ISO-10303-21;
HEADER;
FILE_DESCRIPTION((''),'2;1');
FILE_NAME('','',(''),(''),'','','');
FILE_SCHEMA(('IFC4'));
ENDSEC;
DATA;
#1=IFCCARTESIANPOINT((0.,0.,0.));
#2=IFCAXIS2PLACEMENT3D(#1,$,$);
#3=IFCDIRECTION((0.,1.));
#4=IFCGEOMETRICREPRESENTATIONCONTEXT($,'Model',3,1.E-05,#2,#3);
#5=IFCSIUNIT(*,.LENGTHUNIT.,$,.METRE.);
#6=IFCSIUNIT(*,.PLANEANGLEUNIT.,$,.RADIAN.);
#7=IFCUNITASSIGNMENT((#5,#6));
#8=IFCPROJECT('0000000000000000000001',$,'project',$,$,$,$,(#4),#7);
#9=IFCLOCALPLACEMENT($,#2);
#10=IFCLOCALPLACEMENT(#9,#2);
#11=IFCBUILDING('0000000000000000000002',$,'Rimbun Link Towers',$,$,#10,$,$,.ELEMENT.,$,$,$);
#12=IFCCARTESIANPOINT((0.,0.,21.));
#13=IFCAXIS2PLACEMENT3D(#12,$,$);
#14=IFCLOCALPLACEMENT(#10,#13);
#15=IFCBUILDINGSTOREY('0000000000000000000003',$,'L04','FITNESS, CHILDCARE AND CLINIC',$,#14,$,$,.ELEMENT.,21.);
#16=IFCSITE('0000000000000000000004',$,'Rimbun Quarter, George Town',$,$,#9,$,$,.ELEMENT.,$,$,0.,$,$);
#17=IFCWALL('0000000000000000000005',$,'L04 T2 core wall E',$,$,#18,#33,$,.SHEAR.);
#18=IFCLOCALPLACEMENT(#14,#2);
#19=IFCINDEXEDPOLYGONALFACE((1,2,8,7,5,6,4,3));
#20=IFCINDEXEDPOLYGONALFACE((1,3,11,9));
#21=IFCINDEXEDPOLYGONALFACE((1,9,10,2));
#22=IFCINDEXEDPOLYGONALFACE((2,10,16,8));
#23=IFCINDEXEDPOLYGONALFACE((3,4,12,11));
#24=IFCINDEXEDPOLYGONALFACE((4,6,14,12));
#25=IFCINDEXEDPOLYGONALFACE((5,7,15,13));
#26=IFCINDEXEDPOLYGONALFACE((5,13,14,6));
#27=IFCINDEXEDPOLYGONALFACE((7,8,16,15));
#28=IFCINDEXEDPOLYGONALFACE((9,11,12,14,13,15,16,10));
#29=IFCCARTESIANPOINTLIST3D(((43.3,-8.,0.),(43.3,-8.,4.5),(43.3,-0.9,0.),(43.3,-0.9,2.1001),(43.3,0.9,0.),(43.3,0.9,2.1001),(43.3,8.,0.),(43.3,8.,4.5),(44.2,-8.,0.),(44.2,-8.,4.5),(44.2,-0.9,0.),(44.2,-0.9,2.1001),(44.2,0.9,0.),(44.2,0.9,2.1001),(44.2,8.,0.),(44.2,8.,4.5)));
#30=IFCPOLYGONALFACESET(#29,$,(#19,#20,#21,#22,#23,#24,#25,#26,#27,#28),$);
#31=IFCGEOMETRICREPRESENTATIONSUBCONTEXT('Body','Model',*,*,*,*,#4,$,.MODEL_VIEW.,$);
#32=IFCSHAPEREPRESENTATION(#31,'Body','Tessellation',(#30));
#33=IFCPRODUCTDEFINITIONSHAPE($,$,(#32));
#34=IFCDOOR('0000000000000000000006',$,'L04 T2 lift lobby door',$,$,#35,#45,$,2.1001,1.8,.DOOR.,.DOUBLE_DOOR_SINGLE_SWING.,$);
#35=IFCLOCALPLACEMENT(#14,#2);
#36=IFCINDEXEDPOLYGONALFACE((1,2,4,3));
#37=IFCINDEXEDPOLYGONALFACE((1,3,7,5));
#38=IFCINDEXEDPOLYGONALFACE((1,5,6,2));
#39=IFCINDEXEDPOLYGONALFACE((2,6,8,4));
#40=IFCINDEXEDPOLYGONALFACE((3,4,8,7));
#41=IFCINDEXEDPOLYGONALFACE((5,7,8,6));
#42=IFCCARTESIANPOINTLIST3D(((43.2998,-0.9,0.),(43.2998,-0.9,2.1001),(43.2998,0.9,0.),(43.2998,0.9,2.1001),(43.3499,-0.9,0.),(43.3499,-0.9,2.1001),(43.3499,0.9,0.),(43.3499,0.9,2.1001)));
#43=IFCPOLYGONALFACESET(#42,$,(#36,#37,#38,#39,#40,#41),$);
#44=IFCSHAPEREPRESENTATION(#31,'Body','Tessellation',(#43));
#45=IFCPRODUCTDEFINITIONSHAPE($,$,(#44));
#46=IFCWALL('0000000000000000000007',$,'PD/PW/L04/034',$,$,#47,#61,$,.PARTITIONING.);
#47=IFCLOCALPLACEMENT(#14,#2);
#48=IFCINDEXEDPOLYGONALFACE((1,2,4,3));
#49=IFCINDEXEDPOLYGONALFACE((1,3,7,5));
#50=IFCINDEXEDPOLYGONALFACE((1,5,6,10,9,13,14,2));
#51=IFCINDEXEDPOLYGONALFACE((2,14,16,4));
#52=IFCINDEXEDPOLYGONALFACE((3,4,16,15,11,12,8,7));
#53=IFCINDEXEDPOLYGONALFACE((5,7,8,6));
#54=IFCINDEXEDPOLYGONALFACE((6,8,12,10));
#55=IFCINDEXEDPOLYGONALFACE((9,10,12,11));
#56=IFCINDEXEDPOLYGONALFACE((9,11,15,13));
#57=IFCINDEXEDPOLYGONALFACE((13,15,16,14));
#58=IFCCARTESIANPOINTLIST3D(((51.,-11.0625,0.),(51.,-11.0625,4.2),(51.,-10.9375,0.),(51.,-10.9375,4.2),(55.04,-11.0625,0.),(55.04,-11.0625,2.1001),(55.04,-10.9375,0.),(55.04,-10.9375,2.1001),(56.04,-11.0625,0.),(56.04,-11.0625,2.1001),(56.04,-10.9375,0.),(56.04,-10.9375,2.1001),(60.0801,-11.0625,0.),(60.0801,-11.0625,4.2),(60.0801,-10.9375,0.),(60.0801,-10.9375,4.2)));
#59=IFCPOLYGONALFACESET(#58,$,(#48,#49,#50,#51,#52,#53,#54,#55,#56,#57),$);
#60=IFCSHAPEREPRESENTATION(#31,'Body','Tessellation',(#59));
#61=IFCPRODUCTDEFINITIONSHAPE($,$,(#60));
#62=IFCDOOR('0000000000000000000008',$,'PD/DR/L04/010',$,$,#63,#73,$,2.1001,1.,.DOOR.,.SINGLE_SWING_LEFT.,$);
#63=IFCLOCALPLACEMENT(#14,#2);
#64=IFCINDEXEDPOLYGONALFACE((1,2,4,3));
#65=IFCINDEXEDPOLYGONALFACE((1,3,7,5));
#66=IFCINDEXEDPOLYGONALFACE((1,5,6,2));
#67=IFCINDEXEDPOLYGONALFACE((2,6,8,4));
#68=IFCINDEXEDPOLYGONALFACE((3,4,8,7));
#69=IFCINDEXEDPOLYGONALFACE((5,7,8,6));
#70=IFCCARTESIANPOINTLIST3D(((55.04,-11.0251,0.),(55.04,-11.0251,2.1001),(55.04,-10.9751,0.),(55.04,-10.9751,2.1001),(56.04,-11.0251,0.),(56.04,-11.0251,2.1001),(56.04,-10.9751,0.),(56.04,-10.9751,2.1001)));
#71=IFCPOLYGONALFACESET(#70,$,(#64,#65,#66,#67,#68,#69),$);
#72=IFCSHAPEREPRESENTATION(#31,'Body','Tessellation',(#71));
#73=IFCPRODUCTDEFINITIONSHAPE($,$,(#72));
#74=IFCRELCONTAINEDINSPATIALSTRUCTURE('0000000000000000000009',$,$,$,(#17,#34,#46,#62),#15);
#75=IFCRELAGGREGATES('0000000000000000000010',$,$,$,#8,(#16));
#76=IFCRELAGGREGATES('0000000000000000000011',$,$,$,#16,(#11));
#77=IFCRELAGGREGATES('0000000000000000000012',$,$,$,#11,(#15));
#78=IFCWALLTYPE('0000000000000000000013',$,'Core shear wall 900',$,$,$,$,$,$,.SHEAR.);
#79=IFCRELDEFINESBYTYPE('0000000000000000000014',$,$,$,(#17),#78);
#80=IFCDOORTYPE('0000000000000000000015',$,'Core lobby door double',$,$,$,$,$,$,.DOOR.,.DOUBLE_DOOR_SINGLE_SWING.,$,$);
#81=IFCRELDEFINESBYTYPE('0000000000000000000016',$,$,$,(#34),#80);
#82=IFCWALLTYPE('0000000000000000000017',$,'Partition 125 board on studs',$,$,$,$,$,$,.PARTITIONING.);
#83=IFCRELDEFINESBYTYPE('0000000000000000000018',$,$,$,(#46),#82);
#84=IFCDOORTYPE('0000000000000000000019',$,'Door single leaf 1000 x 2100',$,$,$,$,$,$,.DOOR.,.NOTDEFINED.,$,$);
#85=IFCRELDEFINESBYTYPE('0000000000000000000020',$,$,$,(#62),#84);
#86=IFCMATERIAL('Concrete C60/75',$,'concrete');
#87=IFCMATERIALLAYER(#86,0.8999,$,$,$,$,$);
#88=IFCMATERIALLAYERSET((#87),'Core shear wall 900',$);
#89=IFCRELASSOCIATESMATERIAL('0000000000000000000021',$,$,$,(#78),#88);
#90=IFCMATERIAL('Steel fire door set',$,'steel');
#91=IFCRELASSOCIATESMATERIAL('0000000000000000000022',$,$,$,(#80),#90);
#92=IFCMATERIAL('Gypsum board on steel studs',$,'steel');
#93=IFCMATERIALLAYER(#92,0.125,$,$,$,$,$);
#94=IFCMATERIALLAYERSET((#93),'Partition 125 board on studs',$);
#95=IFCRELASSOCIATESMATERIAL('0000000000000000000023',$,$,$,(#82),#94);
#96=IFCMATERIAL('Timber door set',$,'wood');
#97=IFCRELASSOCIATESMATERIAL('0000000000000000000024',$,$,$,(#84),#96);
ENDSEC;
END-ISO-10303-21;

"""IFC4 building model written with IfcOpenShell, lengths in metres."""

from ifc_helpers import new_model, si_unit, direction, frame, frame_2d, origin, place, context, subcontext, project, spatial, rectangle, extrude, material, layer, layer_set, type_object, element, fill, save


model = new_model("IFC4")

# Units and contexts
model_context = context("Model", 3, precision=1e-05, world=origin(), true_north=direction((0.0, 1.0)))
body_context = subcontext(model_context, "Body", "Model", "MODEL_VIEW")
ifc_project = project(units=[si_unit("LENGTHUNIT", "METRE"), si_unit("PLANEANGLEUNIT", "RADIAN")], contexts=[model_context])

# Site, building, storey
site_placement = place(None, origin())
site = spatial("IfcSite", under=ifc_project, at=site_placement, Name="Rimbun Quarter, George Town", CompositionType="ELEMENT", RefElevation=0.0)
building_placement = place(site_placement, origin())
building = spatial("IfcBuilding", under=site, at=building_placement, Name="Rimbun Link Towers", CompositionType="ELEMENT")
storey_placement = place(building_placement, frame((0.0, 0.0, 21.0)))
storey = spatial("IfcBuildingStorey", under=building, at=storey_placement, Name="L04", Description="FITNESS, CHILDCARE AND CLINIC", CompositionType="ELEMENT", Elevation=21.0)

# Walls, openings, doors
ifc_material_1 = material(Name="Concrete C60/75", Category="concrete")
ifc_layer_1 = layer(ifc_material_1, 0.8999)
ifc_layer_set_1 = layer_set([ifc_layer_1], Name="Core shear wall 900")
wall_type_1 = type_object("IfcWallType", Name="Core shear wall 900", PredefinedType="SHEAR", material=ifc_layer_set_1)
wall_1_placement = place(storey_placement, frame((43.75, -8.0, 0.0), z_axis=(0.0, 0.0, 1.0), x_axis=(0.0, 1.0, 0.0)))
wall_1 = element("IfcWall", 1, at=wall_1_placement, inside=storey, type_object=wall_type_1, Name="L04 T2 core wall E", PredefinedType="SHEAR", context=body_context, shape_type="SweptSolid", body=[
    extrude(rectangle(XDim=16.0, YDim=0.8999, at=frame_2d((8.0, 0.0))), origin(), (0.0, 0.0, 1.0), 4.5),
])
opening_1_placement = place(wall_1_placement, frame((7.1001, 0.0, 0.0)))
opening_1 = element("IfcOpeningElement", 2, at=opening_1_placement, cuts=wall_1, PredefinedType="OPENING", context=body_context, shape_type="SweptSolid", body=[
    extrude(rectangle(XDim=1.8, YDim=2.1001, at=frame_2d((0.8999, 1.05))), frame((0.0, 0.46, 0.0), z_axis=(0.0, -1.0, 0.0), x_axis=(1.0, 0.0, 0.0)), (0.0, 0.0, 1.0), 0.9199),
])
ifc_material_2 = material(Name="Steel fire door set", Category="steel")
door_type_1 = type_object("IfcDoorType", Name="Core lobby door double", OperationType="DOUBLE_DOOR_SINGLE_SWING", PredefinedType="DOOR", material=ifc_material_2)
door_1_placement = place(opening_1_placement, origin())
door_1 = element("IfcDoor", 3, at=door_1_placement, inside=storey, type_object=door_type_1, Name="L04 T2 lift lobby door", OperationType="DOUBLE_DOOR_SINGLE_SWING", OverallHeight=2.1001, OverallWidth=1.8, PredefinedType="DOOR", context=body_context, shape_type="SweptSolid", body=[
    extrude(rectangle(XDim=1.8, YDim=2.1001, at=frame_2d((0.8999, 1.05))), frame((0.0, 0.4502, 0.0), z_axis=(0.0, -1.0, 0.0), x_axis=(1.0, 0.0, 0.0)), (0.0, 0.0, 1.0), 0.05),
])
fill(opening_1, door_1)
ifc_material_3 = material(Name="Gypsum board on steel studs", Category="steel")
ifc_layer_2 = layer(ifc_material_3, 0.125)
ifc_layer_set_2 = layer_set([ifc_layer_2], Name="Partition 125 board on studs")
wall_type_2 = type_object("IfcWallType", Name="Partition 125 board on studs", PredefinedType="PARTITIONING", material=ifc_layer_set_2)
wall_2_placement = place(storey_placement, frame((51.0, -11.0, 0.0), z_axis=(0.0, 0.0, 1.0), x_axis=(1.0, 0.0, 0.0)))
wall_2 = element("IfcWall", 4, at=wall_2_placement, inside=storey, type_object=wall_type_2, Name="PD/PW/L04/034", PredefinedType="PARTITIONING", context=body_context, shape_type="SweptSolid", body=[
    extrude(rectangle(XDim=9.0801, YDim=0.125, at=frame_2d((4.54, 0.0))), origin(), (0.0, 0.0, 1.0), 4.2),
])
opening_2_placement = place(wall_2_placement, frame((4.04, 0.0, 0.0)))
opening_2 = element("IfcOpeningElement", 5, at=opening_2_placement, cuts=wall_2, PredefinedType="OPENING", context=body_context, shape_type="SweptSolid", body=[
    extrude(rectangle(XDim=1.0, YDim=2.1001, at=frame_2d((0.5, 1.05))), frame((0.0, 0.0725, 0.0), z_axis=(0.0, -1.0, 0.0), x_axis=(1.0, 0.0, 0.0)), (0.0, 0.0, 1.0), 0.145),
])
ifc_material_4 = material(Name="Timber door set", Category="wood")
door_type_2 = type_object("IfcDoorType", Name="Door single leaf 1000 x 2100", OperationType="NOTDEFINED", PredefinedType="DOOR", material=ifc_material_4)
door_2_placement = place(opening_2_placement, origin())
door_2 = element("IfcDoor", 6, at=door_2_placement, inside=storey, type_object=door_type_2, Name="PD/DR/L04/010", OperationType="SINGLE_SWING_LEFT", OverallHeight=2.1001, OverallWidth=1.0, PredefinedType="DOOR", context=body_context, shape_type="SweptSolid", body=[
    extrude(rectangle(XDim=1.0, YDim=2.1001, at=frame_2d((0.5, 1.05))), frame((0.0, 0.0249, 0.0), z_axis=(0.0, -1.0, 0.0), x_axis=(1.0, 0.0, 0.0)), (0.0, 0.0, 1.0), 0.05),
])
fill(opening_2, door_2)

save(model, "model.ifc")
